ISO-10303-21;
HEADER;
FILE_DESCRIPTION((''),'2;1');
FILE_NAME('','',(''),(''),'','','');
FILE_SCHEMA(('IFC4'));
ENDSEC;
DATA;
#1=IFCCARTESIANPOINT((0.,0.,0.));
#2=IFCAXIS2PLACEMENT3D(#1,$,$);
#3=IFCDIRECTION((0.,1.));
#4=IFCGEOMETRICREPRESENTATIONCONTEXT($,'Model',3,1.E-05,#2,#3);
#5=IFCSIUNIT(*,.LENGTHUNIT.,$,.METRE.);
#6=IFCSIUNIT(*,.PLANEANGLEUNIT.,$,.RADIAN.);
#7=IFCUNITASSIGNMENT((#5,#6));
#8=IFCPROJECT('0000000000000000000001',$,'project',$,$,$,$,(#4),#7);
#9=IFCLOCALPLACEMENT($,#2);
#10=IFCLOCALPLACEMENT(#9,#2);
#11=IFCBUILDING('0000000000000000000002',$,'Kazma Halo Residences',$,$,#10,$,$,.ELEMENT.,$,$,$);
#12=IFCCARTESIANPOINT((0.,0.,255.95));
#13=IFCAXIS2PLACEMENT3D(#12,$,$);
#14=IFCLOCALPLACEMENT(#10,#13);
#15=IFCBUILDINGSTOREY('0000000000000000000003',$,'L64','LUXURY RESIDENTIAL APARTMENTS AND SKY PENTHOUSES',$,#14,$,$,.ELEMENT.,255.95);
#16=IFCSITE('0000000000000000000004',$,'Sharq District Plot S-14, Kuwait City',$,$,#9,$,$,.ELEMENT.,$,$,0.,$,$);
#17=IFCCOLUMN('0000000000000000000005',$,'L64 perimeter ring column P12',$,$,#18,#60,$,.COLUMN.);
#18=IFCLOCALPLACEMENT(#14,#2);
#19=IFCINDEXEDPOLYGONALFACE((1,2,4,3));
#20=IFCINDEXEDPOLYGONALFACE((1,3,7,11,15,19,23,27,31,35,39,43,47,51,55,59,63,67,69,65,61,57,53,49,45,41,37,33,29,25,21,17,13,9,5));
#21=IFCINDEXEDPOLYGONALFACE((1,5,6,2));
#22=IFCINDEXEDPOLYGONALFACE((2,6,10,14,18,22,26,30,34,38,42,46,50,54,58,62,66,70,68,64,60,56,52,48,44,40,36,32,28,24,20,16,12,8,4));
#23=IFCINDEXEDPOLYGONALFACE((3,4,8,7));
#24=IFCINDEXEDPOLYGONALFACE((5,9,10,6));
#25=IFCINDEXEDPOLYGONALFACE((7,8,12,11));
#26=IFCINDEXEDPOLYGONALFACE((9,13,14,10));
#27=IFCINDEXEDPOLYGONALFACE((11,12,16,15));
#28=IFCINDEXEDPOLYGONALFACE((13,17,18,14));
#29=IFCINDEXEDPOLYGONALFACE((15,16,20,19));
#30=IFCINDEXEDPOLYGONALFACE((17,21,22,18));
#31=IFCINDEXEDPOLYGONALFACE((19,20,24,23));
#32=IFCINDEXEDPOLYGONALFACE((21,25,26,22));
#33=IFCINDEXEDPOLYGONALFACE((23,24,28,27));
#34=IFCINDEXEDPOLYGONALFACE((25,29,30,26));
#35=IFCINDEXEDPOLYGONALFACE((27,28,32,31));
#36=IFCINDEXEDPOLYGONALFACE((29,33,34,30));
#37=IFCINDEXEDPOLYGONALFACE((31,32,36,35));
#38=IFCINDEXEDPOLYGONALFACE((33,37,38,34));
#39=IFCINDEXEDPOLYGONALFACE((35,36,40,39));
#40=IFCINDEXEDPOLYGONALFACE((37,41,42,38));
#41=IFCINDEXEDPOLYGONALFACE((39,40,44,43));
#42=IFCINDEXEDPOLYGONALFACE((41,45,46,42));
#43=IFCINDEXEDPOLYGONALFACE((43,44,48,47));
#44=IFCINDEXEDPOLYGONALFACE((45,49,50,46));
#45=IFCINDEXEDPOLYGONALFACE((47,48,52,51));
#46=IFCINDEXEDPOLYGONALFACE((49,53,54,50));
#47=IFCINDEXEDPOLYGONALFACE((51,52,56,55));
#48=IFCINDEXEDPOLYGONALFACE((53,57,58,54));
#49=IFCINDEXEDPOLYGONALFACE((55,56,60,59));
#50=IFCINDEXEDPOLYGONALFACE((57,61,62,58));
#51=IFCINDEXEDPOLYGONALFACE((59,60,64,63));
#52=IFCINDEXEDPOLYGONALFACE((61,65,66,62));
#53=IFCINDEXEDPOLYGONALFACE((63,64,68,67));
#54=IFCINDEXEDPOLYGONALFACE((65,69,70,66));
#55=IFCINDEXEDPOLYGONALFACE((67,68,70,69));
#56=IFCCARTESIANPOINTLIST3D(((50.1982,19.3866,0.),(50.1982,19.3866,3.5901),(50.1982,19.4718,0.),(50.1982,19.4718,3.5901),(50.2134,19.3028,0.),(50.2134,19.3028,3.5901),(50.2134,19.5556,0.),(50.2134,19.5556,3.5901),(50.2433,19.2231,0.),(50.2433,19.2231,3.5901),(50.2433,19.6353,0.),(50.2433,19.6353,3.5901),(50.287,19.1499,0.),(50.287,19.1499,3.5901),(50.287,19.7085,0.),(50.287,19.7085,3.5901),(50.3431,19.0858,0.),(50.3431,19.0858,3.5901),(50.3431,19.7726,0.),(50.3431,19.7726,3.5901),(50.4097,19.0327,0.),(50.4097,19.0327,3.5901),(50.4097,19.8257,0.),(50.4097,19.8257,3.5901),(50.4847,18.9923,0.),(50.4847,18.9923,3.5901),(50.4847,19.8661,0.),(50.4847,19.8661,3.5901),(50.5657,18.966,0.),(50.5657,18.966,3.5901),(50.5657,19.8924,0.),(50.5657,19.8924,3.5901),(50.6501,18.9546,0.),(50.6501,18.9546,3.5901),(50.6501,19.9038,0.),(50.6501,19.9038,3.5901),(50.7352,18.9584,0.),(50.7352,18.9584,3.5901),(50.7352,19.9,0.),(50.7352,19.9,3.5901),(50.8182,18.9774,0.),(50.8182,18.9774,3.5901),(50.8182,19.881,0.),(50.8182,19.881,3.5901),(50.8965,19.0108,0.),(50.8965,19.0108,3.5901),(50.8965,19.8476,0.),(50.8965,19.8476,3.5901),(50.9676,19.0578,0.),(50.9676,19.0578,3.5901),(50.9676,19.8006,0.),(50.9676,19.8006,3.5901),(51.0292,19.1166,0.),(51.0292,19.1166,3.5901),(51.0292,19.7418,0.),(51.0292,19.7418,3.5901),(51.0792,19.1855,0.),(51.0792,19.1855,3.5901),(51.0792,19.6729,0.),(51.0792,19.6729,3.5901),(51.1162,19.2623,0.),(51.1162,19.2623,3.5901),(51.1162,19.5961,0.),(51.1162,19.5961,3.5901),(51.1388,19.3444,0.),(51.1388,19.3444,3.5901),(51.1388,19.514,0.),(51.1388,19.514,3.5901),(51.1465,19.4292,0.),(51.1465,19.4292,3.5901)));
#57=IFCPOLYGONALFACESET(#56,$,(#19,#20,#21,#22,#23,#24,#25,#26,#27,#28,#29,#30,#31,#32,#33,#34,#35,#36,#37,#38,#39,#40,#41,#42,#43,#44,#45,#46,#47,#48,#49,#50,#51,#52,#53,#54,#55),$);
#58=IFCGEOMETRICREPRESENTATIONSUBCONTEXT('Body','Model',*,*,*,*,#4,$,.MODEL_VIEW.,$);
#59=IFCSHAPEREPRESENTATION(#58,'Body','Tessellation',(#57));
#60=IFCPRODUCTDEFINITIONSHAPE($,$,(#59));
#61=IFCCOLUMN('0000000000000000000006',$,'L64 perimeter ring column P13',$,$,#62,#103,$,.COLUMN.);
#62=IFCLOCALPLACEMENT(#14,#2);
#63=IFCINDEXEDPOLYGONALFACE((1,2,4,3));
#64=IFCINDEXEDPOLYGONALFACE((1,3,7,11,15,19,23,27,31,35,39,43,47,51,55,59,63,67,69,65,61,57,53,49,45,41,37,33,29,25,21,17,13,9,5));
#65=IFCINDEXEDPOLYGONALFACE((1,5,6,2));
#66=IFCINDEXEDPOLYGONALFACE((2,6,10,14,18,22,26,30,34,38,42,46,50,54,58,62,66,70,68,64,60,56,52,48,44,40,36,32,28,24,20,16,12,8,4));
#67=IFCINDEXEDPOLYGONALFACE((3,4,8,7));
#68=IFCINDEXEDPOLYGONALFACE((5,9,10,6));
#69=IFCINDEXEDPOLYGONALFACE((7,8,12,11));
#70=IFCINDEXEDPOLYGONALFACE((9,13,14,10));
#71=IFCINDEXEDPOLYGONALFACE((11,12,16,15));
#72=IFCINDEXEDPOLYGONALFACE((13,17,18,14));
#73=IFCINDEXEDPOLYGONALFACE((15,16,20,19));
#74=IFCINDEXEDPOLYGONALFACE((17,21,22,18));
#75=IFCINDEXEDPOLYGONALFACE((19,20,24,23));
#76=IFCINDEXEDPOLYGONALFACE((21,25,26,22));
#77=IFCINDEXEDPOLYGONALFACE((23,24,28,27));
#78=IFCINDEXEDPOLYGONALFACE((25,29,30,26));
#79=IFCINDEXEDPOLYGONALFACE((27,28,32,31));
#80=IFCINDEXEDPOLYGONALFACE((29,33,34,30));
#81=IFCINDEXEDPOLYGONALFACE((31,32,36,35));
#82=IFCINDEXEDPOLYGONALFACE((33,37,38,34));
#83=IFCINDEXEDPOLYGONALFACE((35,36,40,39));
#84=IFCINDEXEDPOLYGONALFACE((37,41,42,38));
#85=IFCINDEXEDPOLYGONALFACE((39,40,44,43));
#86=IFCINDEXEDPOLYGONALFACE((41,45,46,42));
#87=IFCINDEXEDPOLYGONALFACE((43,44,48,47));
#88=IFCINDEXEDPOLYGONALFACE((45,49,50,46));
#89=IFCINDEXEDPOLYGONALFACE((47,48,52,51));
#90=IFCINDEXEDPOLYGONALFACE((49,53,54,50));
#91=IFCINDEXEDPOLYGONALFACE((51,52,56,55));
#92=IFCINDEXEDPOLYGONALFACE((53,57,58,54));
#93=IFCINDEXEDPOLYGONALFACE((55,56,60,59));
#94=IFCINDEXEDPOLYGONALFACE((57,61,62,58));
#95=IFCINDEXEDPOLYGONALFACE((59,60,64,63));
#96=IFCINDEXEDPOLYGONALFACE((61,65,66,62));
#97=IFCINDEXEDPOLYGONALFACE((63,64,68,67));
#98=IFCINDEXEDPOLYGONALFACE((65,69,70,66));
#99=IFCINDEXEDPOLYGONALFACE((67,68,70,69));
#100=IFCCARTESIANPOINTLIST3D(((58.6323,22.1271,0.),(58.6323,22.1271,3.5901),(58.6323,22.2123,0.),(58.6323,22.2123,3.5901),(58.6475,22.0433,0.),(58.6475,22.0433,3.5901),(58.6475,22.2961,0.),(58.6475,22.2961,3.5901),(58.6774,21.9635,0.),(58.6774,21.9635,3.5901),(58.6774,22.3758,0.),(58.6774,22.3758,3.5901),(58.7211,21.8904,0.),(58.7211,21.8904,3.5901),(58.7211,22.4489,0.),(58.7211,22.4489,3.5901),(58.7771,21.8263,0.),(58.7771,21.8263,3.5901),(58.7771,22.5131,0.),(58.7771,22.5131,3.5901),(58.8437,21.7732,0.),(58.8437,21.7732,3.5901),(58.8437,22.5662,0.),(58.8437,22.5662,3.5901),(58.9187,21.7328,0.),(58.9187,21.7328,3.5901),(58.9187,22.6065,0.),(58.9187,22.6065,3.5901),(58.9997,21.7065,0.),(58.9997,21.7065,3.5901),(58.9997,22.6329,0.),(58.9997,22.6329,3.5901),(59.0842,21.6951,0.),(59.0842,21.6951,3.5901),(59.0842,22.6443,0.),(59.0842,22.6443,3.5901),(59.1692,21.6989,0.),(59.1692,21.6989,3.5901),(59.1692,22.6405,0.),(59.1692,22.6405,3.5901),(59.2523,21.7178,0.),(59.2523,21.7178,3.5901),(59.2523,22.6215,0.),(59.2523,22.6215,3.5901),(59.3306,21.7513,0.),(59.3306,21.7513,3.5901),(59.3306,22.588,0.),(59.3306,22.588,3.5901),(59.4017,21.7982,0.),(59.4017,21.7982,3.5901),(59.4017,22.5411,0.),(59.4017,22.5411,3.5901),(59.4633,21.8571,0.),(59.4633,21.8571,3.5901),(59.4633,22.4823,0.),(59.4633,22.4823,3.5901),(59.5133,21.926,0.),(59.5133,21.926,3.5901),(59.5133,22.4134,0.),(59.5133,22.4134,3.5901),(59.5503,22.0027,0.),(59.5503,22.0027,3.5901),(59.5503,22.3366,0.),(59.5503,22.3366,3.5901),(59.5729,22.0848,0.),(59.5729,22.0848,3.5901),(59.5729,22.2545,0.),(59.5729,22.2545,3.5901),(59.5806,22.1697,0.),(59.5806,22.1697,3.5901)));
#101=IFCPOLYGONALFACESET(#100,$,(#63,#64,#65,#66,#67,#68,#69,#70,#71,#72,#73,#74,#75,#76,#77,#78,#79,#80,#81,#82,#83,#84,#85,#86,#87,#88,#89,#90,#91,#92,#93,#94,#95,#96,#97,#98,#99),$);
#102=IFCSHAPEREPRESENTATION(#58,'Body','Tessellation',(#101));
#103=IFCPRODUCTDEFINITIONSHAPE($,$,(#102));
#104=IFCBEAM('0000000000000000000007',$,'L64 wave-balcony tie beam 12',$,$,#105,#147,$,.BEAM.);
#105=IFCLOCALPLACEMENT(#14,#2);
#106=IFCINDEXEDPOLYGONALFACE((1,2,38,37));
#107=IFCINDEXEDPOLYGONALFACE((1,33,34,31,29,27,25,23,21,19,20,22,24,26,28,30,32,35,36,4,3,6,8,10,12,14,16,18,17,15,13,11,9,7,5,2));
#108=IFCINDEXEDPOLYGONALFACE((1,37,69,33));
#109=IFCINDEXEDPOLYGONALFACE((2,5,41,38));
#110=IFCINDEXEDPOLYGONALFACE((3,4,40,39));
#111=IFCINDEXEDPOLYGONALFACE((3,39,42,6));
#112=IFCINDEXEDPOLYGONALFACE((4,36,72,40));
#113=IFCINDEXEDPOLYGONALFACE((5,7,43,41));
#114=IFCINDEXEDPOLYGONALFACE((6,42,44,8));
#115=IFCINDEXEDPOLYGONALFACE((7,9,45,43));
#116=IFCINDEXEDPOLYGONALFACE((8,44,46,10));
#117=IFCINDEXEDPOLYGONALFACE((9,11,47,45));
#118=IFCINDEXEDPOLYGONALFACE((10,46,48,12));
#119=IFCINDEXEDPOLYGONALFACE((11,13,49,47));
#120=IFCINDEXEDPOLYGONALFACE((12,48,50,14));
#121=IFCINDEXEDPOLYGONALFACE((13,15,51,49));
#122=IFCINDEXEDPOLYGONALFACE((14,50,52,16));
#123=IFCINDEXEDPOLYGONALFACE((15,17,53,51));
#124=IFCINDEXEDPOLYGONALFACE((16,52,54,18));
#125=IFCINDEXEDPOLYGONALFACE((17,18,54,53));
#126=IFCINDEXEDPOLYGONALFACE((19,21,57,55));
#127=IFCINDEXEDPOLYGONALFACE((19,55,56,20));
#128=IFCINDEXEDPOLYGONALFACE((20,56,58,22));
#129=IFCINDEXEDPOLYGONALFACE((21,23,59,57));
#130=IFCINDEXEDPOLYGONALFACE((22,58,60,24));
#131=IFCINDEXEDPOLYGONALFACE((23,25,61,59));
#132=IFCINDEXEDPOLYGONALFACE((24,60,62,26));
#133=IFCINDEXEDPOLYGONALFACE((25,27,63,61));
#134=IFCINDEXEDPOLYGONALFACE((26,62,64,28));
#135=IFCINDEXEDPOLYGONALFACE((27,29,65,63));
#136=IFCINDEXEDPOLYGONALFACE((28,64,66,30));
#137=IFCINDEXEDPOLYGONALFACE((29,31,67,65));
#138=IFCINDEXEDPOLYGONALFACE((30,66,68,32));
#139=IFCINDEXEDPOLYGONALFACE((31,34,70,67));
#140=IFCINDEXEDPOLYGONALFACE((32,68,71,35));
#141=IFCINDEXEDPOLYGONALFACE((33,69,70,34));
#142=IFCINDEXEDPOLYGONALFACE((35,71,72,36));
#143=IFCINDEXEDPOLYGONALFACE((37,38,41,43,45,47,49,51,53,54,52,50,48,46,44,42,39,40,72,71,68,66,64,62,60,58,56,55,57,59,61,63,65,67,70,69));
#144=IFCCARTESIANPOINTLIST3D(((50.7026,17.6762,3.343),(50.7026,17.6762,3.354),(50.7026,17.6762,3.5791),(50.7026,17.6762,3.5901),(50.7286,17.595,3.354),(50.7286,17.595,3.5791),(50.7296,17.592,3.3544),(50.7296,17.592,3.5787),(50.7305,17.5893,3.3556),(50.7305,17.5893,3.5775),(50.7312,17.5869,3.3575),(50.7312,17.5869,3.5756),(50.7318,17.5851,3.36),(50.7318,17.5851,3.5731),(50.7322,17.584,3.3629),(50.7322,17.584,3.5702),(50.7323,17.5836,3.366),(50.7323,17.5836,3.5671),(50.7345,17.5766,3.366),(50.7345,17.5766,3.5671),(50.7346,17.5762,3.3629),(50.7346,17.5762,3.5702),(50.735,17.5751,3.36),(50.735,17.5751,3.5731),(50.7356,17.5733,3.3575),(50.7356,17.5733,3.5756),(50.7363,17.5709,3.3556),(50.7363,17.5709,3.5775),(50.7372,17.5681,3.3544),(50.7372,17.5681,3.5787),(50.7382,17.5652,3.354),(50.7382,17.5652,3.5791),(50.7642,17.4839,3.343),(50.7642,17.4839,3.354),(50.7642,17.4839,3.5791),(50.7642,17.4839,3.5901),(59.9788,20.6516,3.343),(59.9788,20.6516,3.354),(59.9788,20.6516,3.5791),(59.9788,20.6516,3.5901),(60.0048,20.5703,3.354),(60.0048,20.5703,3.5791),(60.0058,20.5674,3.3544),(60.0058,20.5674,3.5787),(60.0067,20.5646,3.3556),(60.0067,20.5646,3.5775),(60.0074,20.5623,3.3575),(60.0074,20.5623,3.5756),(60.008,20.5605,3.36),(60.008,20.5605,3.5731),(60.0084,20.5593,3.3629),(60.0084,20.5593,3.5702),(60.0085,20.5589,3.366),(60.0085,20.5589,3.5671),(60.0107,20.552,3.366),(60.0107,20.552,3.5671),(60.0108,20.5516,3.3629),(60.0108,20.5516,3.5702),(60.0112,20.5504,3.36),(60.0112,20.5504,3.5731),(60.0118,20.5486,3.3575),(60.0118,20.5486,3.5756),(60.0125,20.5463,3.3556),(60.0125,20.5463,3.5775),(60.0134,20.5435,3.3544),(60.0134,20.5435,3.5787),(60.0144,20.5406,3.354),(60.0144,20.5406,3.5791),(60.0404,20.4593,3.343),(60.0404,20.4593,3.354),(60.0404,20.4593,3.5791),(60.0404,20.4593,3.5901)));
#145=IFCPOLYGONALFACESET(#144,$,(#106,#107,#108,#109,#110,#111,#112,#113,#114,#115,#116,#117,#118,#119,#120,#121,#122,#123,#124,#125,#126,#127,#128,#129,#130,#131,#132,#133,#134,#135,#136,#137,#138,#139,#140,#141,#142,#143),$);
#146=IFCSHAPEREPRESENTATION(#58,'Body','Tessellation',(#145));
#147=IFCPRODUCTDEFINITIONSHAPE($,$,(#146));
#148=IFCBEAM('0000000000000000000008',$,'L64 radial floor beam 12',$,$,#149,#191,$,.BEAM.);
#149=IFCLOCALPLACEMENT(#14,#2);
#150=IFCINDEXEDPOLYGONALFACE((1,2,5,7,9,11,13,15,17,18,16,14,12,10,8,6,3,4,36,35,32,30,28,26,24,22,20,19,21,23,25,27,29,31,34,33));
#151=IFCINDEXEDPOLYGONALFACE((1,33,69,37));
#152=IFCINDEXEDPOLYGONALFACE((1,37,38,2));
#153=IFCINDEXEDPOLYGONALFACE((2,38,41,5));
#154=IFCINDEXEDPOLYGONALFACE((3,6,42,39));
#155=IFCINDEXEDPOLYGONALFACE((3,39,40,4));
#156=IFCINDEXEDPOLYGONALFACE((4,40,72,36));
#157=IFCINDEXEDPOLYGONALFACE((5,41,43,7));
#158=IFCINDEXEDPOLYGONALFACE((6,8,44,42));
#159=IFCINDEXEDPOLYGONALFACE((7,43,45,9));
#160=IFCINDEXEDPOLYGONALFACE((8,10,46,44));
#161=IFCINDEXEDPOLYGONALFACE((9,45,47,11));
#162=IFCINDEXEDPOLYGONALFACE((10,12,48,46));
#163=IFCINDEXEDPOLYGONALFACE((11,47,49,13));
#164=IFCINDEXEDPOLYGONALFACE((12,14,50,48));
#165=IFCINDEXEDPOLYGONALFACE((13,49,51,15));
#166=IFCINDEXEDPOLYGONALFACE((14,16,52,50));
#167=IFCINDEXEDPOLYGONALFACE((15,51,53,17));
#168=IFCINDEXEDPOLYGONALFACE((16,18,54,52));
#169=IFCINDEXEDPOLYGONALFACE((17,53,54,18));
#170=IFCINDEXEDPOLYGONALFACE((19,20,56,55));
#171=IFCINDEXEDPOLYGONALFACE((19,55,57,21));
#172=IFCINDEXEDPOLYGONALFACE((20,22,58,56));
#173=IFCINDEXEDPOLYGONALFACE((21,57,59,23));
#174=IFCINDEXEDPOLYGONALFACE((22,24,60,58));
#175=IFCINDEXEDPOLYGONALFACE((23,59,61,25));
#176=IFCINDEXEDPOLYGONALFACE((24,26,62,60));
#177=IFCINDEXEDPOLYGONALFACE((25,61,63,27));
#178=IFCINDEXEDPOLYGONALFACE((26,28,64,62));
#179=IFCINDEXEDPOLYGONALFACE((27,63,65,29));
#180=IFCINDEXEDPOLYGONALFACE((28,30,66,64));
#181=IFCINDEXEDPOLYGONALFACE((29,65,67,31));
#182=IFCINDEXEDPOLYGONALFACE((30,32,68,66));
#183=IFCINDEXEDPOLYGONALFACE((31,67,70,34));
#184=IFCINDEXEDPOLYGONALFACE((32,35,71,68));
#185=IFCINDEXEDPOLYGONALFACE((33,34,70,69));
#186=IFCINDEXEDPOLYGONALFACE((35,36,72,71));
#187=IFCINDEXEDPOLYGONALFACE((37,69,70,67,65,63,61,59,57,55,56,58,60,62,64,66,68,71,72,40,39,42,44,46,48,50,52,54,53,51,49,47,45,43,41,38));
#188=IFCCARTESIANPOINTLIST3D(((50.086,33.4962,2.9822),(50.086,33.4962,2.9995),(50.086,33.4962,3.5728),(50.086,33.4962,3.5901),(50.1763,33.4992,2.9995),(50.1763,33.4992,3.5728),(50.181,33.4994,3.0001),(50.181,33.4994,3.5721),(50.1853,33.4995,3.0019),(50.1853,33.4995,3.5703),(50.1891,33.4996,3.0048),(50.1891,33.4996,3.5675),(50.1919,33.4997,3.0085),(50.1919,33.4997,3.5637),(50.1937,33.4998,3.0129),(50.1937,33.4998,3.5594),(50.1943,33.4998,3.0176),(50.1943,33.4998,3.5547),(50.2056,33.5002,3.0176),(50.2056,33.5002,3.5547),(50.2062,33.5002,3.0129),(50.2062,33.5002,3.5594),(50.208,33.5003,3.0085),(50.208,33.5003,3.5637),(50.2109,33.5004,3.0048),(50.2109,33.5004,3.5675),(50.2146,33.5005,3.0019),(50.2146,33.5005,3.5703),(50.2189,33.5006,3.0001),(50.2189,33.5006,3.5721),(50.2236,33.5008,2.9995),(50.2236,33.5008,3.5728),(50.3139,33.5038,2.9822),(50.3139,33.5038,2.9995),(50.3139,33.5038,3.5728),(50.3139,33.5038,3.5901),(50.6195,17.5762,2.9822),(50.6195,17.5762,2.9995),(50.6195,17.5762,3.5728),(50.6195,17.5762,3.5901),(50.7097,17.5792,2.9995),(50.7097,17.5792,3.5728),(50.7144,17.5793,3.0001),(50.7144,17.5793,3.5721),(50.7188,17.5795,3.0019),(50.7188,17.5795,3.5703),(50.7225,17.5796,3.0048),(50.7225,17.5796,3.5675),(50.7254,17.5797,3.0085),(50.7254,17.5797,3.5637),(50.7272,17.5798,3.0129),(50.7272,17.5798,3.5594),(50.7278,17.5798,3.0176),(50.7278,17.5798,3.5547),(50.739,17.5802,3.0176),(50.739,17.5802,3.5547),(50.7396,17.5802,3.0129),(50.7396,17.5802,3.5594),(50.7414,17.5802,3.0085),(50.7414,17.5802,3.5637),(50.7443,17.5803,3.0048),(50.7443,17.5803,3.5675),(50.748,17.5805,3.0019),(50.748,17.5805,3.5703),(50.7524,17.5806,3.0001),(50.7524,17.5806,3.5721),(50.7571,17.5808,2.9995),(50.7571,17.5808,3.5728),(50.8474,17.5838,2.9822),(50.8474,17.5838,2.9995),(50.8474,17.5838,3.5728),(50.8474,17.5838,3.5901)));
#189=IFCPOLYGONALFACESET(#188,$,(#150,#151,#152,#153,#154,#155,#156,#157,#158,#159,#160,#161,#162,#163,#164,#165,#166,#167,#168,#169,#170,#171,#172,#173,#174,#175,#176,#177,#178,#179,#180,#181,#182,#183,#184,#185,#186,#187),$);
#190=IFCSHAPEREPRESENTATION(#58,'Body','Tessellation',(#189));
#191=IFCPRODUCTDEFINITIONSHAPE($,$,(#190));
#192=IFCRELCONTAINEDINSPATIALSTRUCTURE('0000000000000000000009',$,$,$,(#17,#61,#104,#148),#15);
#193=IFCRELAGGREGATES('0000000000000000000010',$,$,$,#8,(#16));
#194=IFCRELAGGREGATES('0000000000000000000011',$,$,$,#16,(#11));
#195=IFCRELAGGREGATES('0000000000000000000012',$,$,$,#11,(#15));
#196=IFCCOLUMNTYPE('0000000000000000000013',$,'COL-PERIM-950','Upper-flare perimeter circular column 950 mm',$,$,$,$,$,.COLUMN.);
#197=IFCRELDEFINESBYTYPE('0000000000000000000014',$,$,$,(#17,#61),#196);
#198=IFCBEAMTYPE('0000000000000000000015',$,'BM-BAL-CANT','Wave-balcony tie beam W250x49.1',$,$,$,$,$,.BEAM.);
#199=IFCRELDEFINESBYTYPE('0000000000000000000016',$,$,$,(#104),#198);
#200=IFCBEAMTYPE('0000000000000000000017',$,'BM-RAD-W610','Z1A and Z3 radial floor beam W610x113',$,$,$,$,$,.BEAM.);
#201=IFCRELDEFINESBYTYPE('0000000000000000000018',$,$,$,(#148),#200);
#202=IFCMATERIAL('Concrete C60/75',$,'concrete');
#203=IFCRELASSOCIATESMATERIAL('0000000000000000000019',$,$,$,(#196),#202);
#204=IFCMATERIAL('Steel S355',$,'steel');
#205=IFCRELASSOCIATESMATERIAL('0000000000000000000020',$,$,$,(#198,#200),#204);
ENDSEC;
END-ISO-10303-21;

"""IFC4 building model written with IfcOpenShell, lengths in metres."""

from ifc_helpers import new_model, si_unit, direction, frame, origin, origin_2d, place, context, subcontext, project, spatial, circle, i_section, extrude, material, material_profile, profile_set, type_object, element, save


model = new_model("IFC4")

# Units and contexts
model_context = context("Model", 3, precision=1e-05, world=origin(), true_north=direction((0.0, 1.0)))
body_context = subcontext(model_context, "Body", "Model", "MODEL_VIEW")
ifc_project = project(units=[si_unit("LENGTHUNIT", "METRE"), si_unit("PLANEANGLEUNIT", "RADIAN")], contexts=[model_context])

# Site, building, storey
site_placement = place(None, origin())
site = spatial("IfcSite", under=ifc_project, at=site_placement, Name="Sharq District Plot S-14, Kuwait City", CompositionType="ELEMENT", RefElevation=0.0)
building_placement = place(site_placement, origin())
building = spatial("IfcBuilding", under=site, at=building_placement, Name="Kazma Halo Residences", CompositionType="ELEMENT")
storey_placement = place(building_placement, frame((0.0, 0.0, 255.95)))
storey = spatial("IfcBuildingStorey", under=building, at=storey_placement, Name="L64", Description="LUXURY RESIDENTIAL APARTMENTS AND SKY PENTHOUSES", CompositionType="ELEMENT", Elevation=255.95)

# Columns
ifc_material_1 = material(Name="Concrete C60/75", Category="concrete")
ifc_material_profile_1 = material_profile(ifc_material_1, circle(Radius=0.4751, at=origin_2d()), Name="CIRC950")
ifc_profile_set_1 = profile_set([ifc_material_profile_1], Name="Concrete C60/75")
column_type = type_object("IfcColumnType", Name="COL-PERIM-950", Description="Upper-flare perimeter circular column 950 mm", PredefinedType="COLUMN", material=ifc_profile_set_1)
for number, where, z_axis, x_axis, name in (
    (1, (50.6714, 19.4292, 0.0), (0.0, 0.0, 1.0), (1.0, 0.0, 0.0), "L64 perimeter ring column P12"),
    (2, (59.1055, 22.1697, 0.0), (0.0, 0.0, 1.0), (1.0, 0.0, 0.0), "L64 perimeter ring column P13"),
):
    element("IfcColumn", number, at=place(storey_placement, frame(where, z_axis=z_axis, x_axis=x_axis)), inside=storey, type_object=column_type, Name=name, PredefinedType="COLUMN", context=body_context, shape_type="SweptSolid", body=[
        extrude(circle(Radius=0.4751, at=origin_2d()), origin(), (0.0, 0.0, 1.0), 3.5901),
    ])

# Beams
ifc_material_2 = material(Name="Steel S355", Category="steel")
ifc_material_profile_2 = material_profile(ifc_material_2, i_section(OverallWidth=0.2019, OverallDepth=0.2471, WebThickness=0.0073, FlangeThickness=0.011, FilletRadius=0.012, at=origin_2d()), Name="W250x49.1")
ifc_profile_set_2 = profile_set([ifc_material_profile_2], Name="Steel S355")
beam_type_1 = type_object("IfcBeamType", Name="BM-BAL-CANT", Description="Wave-balcony tie beam W250x49.1", PredefinedType="BEAM", material=ifc_profile_set_2)
beam_1_placement = place(storey_placement, frame((50.7334, 17.5801, 3.4666), z_axis=(0.952216, 0.305426, 0.0), x_axis=(-0.305426, 0.952216, 0.0)))
element("IfcBeam", 3, at=beam_1_placement, inside=storey, type_object=beam_type_1, Name="L64 wave-balcony tie beam 12", PredefinedType="BEAM", context=body_context, shape_type="SweptSolid", body=[
    extrude(i_section(OverallWidth=0.2019, OverallDepth=0.2471, WebThickness=0.0073, FlangeThickness=0.011, FilletRadius=0.012, at=origin_2d()), origin(), (0.0, 0.0, 1.0), 9.7417),
])
ifc_material_profile_3 = material_profile(ifc_material_2, i_section(OverallWidth=0.228, OverallDepth=0.6079, WebThickness=0.0112, FlangeThickness=0.0173, FilletRadius=0.0181, at=origin_2d()), Name="W610x113")
ifc_profile_set_3 = profile_set([ifc_material_profile_3], Name="Steel S355")
beam_type_2 = type_object("IfcBeamType", Name="BM-RAD-W610", Description="Z1A and Z3 radial floor beam W610x113", PredefinedType="BEAM", material=ifc_profile_set_3)
beam_2_placement = place(storey_placement, frame((50.2, 33.5, 3.2861), z_axis=(0.033489, -0.999439, 0.0), x_axis=(0.999439, 0.033489, 0.0)))
element("IfcBeam", 4, at=beam_2_placement, inside=storey, type_object=beam_type_2, Name="L64 radial floor beam 12", PredefinedType="BEAM", context=body_context, shape_type="SweptSolid", body=[
    extrude(i_section(OverallWidth=0.228, OverallDepth=0.6079, WebThickness=0.0112, FlangeThickness=0.0173, FilletRadius=0.0181, at=origin_2d()), origin(), (0.0, 0.0, 1.0), 15.929),
])

save(model, "model.ifc")
